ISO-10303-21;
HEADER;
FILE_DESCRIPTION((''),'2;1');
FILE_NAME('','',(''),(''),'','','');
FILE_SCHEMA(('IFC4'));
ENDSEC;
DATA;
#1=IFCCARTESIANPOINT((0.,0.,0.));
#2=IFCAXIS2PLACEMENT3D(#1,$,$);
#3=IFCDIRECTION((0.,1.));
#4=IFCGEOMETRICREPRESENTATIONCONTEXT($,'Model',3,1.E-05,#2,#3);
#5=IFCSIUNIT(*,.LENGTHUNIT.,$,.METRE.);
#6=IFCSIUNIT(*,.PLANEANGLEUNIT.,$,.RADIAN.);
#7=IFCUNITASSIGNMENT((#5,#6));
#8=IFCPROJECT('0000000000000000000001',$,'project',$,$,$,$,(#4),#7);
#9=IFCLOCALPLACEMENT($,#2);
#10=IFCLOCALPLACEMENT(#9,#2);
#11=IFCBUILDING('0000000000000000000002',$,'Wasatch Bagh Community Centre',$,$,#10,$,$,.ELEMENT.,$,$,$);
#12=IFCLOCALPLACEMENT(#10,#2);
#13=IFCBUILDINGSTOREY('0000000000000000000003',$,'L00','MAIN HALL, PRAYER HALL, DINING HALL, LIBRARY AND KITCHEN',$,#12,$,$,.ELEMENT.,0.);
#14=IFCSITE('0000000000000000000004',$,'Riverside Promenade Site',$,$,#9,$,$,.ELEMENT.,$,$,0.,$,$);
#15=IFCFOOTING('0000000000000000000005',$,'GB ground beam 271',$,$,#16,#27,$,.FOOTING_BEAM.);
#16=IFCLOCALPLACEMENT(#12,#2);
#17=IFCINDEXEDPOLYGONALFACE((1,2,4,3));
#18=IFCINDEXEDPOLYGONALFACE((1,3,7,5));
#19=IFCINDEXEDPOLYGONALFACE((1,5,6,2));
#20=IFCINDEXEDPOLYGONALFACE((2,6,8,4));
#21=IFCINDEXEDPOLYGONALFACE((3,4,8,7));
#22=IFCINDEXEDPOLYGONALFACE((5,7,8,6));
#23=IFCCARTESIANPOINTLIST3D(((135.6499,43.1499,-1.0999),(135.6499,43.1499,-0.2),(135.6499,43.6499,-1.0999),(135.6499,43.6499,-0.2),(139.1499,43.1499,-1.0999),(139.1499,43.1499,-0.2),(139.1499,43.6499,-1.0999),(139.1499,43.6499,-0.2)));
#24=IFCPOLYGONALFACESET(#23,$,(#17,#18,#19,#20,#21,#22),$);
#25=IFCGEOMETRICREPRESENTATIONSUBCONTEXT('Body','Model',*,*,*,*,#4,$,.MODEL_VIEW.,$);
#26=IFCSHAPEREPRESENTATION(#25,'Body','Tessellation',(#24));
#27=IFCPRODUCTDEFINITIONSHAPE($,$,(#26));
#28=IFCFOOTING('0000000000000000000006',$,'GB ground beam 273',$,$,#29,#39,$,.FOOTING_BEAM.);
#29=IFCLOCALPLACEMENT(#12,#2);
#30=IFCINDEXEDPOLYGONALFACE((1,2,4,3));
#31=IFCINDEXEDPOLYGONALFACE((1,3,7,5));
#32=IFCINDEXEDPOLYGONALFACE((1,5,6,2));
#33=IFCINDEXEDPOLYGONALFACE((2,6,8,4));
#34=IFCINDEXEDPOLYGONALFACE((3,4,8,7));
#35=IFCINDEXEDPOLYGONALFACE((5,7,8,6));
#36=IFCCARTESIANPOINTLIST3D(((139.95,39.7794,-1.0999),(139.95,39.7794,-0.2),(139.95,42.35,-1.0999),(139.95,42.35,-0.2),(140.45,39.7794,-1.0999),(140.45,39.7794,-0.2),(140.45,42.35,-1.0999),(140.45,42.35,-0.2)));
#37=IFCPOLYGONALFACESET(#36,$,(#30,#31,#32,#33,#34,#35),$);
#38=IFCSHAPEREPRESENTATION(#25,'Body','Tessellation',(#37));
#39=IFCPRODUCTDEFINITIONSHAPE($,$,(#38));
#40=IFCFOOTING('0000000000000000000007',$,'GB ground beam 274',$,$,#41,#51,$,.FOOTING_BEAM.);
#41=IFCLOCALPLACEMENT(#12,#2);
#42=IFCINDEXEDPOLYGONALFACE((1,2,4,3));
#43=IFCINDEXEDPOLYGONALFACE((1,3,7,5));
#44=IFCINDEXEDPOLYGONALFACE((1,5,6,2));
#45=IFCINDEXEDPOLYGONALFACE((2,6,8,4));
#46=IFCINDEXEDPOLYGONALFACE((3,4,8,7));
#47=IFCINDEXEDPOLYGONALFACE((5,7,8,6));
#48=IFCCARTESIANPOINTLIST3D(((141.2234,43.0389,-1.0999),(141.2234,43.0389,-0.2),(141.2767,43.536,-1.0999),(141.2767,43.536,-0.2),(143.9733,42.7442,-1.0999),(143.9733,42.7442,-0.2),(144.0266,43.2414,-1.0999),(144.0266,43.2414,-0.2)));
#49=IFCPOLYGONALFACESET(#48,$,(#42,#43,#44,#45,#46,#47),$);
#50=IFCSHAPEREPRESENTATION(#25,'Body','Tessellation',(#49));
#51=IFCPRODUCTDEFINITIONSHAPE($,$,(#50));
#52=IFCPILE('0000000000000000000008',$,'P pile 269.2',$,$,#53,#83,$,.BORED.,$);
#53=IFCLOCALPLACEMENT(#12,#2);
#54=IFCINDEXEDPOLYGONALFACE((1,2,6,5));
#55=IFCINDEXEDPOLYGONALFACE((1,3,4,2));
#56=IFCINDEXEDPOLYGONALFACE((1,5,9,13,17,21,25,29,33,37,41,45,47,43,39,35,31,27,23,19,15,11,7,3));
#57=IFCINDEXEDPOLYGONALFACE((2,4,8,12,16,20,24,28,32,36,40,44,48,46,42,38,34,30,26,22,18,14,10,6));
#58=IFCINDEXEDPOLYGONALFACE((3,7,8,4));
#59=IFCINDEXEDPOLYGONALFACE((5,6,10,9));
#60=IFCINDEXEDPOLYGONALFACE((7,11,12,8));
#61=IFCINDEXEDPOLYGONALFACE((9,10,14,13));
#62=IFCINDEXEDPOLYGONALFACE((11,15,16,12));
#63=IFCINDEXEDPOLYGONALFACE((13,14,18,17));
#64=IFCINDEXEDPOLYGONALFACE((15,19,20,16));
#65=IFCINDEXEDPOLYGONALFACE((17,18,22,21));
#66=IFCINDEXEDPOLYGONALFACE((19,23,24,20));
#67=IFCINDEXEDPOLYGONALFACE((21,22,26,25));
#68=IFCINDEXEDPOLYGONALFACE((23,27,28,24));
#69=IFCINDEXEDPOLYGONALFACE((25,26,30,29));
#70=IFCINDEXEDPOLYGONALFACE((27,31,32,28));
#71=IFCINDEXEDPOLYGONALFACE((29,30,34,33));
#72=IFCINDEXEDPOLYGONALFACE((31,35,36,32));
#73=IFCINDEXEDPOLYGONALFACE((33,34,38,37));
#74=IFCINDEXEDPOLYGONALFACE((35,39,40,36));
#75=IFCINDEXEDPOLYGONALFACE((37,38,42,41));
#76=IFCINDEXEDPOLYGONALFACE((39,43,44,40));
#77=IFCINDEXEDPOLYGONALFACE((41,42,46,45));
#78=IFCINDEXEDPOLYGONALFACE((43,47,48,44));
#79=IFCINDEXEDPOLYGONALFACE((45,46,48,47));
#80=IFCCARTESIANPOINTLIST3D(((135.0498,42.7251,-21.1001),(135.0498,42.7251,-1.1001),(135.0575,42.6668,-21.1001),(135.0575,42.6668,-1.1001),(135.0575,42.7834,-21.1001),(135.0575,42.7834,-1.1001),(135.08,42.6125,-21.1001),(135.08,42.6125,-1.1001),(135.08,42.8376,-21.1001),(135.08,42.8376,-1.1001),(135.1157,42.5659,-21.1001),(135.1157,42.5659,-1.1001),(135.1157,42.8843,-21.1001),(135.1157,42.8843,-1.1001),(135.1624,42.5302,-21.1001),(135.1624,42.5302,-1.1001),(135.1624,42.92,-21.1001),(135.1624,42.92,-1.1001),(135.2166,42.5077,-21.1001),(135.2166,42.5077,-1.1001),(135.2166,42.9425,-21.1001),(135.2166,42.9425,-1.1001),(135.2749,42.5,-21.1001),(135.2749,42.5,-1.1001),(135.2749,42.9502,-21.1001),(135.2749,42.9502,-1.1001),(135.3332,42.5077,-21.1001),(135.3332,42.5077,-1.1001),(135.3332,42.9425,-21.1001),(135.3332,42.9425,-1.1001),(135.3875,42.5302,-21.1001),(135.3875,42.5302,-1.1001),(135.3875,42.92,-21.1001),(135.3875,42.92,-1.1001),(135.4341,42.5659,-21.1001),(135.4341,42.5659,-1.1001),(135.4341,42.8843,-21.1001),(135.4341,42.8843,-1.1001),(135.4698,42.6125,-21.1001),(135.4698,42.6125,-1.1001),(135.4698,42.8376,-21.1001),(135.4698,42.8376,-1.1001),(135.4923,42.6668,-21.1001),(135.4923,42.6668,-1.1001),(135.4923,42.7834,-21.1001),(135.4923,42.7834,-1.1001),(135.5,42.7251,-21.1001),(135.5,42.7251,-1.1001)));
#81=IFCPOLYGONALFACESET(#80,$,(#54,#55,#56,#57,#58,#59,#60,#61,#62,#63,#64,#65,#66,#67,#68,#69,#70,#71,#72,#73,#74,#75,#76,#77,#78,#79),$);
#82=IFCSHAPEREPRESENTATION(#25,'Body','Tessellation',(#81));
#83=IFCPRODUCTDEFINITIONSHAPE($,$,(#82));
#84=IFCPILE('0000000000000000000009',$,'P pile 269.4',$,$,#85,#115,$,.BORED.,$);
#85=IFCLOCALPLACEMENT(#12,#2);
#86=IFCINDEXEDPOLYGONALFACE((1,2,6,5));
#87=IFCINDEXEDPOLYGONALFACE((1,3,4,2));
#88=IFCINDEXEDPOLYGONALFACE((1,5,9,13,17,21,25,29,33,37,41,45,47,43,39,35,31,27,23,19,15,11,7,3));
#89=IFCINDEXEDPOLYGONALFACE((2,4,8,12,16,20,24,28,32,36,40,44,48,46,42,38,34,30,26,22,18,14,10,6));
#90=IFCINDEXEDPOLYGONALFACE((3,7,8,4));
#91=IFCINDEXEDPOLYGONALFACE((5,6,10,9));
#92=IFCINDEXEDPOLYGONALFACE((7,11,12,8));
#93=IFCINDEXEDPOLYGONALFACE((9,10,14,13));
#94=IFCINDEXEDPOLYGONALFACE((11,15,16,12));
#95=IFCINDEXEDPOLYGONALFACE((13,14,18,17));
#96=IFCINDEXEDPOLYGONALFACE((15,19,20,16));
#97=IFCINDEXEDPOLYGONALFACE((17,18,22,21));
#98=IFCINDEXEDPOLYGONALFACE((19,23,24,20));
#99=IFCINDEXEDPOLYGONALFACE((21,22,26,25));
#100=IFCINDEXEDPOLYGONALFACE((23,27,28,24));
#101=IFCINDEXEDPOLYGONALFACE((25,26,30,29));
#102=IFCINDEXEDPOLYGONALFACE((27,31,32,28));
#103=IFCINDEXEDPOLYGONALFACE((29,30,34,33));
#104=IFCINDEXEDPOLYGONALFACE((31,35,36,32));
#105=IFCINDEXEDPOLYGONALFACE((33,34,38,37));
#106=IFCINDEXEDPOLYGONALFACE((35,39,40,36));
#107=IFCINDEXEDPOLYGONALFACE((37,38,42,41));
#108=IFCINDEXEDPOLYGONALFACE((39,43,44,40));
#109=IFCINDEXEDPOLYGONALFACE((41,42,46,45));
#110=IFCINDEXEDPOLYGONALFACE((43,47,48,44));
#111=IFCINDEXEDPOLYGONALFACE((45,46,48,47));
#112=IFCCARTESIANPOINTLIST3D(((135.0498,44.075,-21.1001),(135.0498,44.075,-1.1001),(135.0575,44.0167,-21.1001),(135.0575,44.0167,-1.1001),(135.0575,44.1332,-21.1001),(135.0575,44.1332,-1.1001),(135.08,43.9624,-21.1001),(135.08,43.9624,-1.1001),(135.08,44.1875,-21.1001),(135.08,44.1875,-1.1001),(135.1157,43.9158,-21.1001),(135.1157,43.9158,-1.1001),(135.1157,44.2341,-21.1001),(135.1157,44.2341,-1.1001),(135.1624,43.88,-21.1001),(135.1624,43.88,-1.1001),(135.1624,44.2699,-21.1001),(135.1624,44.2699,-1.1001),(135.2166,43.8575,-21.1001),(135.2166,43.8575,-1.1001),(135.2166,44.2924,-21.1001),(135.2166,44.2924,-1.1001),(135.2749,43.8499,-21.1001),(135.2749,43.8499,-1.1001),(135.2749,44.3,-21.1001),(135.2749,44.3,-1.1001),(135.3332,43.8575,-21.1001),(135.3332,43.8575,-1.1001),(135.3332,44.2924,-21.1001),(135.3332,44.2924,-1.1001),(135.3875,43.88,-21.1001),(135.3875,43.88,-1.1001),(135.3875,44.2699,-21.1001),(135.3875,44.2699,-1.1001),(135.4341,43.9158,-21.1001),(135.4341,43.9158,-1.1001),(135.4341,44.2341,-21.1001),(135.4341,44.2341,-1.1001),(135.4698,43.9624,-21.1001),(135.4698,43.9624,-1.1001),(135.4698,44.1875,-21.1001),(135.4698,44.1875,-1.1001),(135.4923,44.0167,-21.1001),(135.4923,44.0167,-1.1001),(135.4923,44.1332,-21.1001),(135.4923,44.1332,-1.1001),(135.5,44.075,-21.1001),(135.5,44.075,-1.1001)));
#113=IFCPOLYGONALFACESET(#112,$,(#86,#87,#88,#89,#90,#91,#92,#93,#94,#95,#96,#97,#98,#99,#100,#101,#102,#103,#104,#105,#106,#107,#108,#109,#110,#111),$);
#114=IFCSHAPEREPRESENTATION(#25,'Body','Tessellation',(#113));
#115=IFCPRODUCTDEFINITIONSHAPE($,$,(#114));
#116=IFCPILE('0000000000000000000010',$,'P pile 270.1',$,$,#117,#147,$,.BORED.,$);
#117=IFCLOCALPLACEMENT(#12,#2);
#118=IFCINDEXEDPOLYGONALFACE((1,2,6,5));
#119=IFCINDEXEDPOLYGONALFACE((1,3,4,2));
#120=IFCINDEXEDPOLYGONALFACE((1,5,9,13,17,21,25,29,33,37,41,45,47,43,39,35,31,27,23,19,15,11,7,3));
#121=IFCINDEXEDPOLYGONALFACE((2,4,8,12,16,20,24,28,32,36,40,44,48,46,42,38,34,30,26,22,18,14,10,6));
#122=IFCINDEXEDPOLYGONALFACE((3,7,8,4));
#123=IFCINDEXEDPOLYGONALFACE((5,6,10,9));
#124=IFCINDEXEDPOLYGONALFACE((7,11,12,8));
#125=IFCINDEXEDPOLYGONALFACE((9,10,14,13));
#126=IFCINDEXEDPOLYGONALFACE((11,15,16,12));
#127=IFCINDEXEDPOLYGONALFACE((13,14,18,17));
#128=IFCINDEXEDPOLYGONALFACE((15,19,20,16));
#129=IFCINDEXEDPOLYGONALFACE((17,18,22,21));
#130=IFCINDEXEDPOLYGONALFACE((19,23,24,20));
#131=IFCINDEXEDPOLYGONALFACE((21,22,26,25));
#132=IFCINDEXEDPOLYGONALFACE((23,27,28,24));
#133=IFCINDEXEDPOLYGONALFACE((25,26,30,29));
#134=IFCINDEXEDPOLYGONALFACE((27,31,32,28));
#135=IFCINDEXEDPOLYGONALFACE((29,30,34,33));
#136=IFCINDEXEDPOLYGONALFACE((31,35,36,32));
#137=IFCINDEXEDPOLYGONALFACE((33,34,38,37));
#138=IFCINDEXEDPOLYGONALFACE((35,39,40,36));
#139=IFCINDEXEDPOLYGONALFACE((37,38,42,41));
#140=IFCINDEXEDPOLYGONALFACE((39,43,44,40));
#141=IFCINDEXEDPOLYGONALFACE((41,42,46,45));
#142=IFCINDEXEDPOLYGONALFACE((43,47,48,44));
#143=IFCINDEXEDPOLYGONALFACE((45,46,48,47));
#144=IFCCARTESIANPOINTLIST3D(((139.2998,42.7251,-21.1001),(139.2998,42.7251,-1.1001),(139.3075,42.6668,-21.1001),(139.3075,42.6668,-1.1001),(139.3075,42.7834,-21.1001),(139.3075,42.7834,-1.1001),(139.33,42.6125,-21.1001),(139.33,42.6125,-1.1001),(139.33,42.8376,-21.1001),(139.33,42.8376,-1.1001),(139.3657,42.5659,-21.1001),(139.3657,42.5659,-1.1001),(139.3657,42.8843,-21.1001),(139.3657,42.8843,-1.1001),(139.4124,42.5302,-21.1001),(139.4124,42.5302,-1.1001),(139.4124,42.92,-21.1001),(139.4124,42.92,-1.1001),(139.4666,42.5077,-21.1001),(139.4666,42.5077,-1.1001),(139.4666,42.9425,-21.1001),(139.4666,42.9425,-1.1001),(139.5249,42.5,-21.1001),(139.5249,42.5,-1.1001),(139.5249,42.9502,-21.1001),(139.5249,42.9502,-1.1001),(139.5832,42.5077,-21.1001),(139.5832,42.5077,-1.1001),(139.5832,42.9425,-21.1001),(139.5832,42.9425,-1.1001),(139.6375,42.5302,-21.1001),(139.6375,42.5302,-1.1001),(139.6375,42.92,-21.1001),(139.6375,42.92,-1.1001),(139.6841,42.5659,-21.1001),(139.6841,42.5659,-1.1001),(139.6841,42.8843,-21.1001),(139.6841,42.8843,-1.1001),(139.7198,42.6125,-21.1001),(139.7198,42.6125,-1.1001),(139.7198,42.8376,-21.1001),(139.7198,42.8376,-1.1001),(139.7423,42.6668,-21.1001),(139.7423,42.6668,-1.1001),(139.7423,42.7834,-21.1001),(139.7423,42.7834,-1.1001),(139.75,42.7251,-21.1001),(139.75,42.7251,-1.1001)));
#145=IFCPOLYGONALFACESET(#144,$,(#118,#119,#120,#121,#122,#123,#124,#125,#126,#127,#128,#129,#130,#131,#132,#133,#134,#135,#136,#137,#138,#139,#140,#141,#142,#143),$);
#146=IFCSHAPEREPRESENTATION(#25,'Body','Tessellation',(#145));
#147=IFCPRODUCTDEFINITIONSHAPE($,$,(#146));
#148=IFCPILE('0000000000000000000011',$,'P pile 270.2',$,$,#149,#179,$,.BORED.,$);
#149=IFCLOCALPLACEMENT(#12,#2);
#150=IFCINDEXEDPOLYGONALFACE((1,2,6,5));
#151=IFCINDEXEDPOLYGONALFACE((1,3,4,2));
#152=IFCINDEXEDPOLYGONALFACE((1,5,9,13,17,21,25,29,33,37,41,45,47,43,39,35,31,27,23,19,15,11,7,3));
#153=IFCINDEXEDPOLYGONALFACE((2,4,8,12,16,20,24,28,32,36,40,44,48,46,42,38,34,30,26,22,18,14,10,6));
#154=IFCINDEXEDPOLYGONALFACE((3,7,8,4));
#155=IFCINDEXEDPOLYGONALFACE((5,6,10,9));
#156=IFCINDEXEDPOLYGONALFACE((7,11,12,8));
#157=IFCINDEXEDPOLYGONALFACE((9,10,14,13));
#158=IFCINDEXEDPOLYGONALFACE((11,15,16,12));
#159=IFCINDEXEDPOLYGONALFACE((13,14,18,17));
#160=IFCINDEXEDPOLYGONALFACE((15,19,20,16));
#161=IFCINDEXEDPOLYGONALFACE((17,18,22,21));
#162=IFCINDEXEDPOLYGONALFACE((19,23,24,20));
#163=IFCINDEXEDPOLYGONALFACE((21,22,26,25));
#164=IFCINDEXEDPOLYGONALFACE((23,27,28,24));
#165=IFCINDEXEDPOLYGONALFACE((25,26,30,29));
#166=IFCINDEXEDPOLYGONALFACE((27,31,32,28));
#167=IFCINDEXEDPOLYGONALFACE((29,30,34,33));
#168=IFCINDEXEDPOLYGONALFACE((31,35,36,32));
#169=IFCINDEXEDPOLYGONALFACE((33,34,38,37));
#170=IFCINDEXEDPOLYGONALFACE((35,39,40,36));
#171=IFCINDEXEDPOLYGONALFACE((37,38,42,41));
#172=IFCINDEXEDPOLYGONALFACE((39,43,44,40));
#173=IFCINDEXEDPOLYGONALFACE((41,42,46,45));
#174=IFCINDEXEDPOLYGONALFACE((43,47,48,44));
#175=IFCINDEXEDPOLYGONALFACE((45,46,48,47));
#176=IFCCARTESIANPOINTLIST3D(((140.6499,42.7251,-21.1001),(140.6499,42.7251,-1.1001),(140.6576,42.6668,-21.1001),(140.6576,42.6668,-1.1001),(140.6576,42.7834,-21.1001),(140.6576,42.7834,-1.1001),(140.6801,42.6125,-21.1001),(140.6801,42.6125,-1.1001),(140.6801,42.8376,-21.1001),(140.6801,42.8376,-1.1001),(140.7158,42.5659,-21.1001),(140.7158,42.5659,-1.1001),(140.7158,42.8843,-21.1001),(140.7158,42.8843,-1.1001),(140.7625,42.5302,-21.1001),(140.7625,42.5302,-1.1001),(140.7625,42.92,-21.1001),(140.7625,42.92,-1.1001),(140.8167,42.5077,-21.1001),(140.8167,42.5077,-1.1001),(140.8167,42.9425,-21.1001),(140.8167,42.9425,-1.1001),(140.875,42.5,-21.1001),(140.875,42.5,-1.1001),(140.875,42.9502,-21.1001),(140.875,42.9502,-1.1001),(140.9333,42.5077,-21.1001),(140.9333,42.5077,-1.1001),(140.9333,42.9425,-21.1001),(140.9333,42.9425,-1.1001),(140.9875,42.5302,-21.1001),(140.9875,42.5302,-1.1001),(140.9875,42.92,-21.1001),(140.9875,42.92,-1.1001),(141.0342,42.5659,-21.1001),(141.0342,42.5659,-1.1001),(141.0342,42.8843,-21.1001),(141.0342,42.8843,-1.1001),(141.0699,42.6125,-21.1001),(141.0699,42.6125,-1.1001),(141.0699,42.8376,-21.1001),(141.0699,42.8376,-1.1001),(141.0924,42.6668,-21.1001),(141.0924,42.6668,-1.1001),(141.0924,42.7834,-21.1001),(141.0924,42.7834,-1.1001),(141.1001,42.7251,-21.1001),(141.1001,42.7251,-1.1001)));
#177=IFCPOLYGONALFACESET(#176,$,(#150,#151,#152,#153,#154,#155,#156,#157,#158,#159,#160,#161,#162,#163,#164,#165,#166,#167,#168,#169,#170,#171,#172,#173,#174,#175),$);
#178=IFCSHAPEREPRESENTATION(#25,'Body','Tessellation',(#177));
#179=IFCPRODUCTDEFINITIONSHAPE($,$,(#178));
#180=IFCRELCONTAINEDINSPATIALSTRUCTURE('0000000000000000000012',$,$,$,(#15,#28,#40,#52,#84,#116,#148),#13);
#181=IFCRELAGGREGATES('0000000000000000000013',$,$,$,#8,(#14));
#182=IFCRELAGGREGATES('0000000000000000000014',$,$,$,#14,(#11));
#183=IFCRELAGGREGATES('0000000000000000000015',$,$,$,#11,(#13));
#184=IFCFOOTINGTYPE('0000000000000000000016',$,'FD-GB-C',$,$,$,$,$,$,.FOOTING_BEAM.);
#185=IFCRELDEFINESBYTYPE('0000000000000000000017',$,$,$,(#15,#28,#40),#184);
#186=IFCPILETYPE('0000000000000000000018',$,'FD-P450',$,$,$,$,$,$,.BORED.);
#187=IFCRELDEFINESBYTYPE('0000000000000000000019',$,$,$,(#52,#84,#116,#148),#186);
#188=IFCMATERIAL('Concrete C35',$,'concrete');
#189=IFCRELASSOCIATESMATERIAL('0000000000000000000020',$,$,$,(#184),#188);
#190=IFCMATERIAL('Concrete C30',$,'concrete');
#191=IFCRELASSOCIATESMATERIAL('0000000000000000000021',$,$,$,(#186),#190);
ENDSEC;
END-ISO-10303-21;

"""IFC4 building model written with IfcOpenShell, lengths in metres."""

from ifc_helpers import new_model, si_unit, direction, frame, origin, origin_2d, place, context, subcontext, project, spatial, rectangle, circle, extrude, material, material_profile, profile_set, type_object, element, save


model = new_model("IFC4")

# Units and contexts
model_context = context("Model", 3, precision=1e-05, world=origin(), true_north=direction((0.0, 1.0)))
body_context = subcontext(model_context, "Body", "Model", "MODEL_VIEW")
ifc_project = project(units=[si_unit("LENGTHUNIT", "METRE"), si_unit("PLANEANGLEUNIT", "RADIAN")], contexts=[model_context])

# Site, building, storey
site_placement = place(None, origin())
site = spatial("IfcSite", under=ifc_project, at=site_placement, Name="Riverside Promenade Site", CompositionType="ELEMENT", RefElevation=0.0)
building_placement = place(site_placement, origin())
building = spatial("IfcBuilding", under=site, at=building_placement, Name="Wasatch Bagh Community Centre", CompositionType="ELEMENT")
storey_placement = place(building_placement, origin())
storey = spatial("IfcBuildingStorey", under=building, at=storey_placement, Name="L00", Description="MAIN HALL, PRAYER HALL, DINING HALL, LIBRARY AND KITCHEN", CompositionType="ELEMENT", Elevation=0.0)

# Footings
ifc_material_1 = material(Name="Concrete C35", Category="concrete")
footing_type_1 = type_object("IfcFootingType", Name="FD-GB-C", PredefinedType="FOOTING_BEAM", material=ifc_material_1)
footing_1_placement = place(storey_placement, frame((137.3999, 43.3999, -1.0999), z_axis=(0.0, 0.0, 1.0), x_axis=(1.0, 0.0, 0.0)))
element("IfcFooting", 1, at=footing_1_placement, inside=storey, type_object=footing_type_1, Name="GB ground beam 271", PredefinedType="FOOTING_BEAM", context=body_context, shape_type="SweptSolid", body=[
    extrude(rectangle(XDim=3.5, YDim=0.5, at=origin_2d()), origin(), (0.0, 0.0, 1.0), 0.8999),
])
footing_2_placement = place(storey_placement, frame((140.2, 41.0647, -1.0999), z_axis=(0.0, 0.0, 1.0), x_axis=(0.0, -1.0, 0.0)))
element("IfcFooting", 2, at=footing_2_placement, inside=storey, type_object=footing_type_1, Name="GB ground beam 273", PredefinedType="FOOTING_BEAM", context=body_context, shape_type="SweptSolid", body=[
    extrude(rectangle(XDim=2.5706, YDim=0.5, at=origin_2d()), origin(), (0.0, 0.0, 1.0), 0.8999),
])
footing_3_placement = place(storey_placement, frame((142.625, 43.1401, -1.0999), z_axis=(0.0, 0.0, 1.0), x_axis=(0.994309, -0.106533, 0.0)))
element("IfcFooting", 3, at=footing_3_placement, inside=storey, type_object=footing_type_1, Name="GB ground beam 274", PredefinedType="FOOTING_BEAM", context=body_context, shape_type="SweptSolid", body=[
    extrude(rectangle(XDim=2.7656, YDim=0.5, at=origin_2d()), origin(), (0.0, 0.0, 1.0), 0.8999),
])

# Piles
ifc_material_2 = material(Name="Concrete C30", Category="concrete")
ifc_material_profile_1 = material_profile(ifc_material_2, circle(Radius=0.2251, at=origin_2d()), Name="RC D450")
ifc_profile_set_1 = profile_set([ifc_material_profile_1], Name="Concrete C30")
pile_type_1 = type_object("IfcPileType", Name="FD-P450", PredefinedType="BORED", material=ifc_profile_set_1)
for number, where, z_axis, x_axis, name in (
    (4, (135.2749, 42.7251, -1.1001), (0.0, 0.0, -1.0), (1.0, 0.0, 0.0), "P pile 269.2"),
    (5, (135.2749, 44.075, -1.1001), (0.0, 0.0, -1.0), (1.0, 0.0, 0.0), "P pile 269.4"),
    (6, (139.5249, 42.7251, -1.1001), (0.0, 0.0, -1.0), (1.0, 0.0, 0.0), "P pile 270.1"),
    (7, (140.875, 42.7251, -1.1001), (0.0, 0.0, -1.0), (1.0, 0.0, 0.0), "P pile 270.2"),
):
    element("IfcPile", number, at=place(storey_placement, frame(where, z_axis=z_axis, x_axis=x_axis)), inside=storey, type_object=pile_type_1, Name=name, PredefinedType="BORED", context=body_context, shape_type="SweptSolid", body=[
        extrude(circle(Radius=0.2251, at=origin_2d()), origin(), (0.0, 0.0, 1.0), 20.0),
    ])

save(model, "model.ifc")
